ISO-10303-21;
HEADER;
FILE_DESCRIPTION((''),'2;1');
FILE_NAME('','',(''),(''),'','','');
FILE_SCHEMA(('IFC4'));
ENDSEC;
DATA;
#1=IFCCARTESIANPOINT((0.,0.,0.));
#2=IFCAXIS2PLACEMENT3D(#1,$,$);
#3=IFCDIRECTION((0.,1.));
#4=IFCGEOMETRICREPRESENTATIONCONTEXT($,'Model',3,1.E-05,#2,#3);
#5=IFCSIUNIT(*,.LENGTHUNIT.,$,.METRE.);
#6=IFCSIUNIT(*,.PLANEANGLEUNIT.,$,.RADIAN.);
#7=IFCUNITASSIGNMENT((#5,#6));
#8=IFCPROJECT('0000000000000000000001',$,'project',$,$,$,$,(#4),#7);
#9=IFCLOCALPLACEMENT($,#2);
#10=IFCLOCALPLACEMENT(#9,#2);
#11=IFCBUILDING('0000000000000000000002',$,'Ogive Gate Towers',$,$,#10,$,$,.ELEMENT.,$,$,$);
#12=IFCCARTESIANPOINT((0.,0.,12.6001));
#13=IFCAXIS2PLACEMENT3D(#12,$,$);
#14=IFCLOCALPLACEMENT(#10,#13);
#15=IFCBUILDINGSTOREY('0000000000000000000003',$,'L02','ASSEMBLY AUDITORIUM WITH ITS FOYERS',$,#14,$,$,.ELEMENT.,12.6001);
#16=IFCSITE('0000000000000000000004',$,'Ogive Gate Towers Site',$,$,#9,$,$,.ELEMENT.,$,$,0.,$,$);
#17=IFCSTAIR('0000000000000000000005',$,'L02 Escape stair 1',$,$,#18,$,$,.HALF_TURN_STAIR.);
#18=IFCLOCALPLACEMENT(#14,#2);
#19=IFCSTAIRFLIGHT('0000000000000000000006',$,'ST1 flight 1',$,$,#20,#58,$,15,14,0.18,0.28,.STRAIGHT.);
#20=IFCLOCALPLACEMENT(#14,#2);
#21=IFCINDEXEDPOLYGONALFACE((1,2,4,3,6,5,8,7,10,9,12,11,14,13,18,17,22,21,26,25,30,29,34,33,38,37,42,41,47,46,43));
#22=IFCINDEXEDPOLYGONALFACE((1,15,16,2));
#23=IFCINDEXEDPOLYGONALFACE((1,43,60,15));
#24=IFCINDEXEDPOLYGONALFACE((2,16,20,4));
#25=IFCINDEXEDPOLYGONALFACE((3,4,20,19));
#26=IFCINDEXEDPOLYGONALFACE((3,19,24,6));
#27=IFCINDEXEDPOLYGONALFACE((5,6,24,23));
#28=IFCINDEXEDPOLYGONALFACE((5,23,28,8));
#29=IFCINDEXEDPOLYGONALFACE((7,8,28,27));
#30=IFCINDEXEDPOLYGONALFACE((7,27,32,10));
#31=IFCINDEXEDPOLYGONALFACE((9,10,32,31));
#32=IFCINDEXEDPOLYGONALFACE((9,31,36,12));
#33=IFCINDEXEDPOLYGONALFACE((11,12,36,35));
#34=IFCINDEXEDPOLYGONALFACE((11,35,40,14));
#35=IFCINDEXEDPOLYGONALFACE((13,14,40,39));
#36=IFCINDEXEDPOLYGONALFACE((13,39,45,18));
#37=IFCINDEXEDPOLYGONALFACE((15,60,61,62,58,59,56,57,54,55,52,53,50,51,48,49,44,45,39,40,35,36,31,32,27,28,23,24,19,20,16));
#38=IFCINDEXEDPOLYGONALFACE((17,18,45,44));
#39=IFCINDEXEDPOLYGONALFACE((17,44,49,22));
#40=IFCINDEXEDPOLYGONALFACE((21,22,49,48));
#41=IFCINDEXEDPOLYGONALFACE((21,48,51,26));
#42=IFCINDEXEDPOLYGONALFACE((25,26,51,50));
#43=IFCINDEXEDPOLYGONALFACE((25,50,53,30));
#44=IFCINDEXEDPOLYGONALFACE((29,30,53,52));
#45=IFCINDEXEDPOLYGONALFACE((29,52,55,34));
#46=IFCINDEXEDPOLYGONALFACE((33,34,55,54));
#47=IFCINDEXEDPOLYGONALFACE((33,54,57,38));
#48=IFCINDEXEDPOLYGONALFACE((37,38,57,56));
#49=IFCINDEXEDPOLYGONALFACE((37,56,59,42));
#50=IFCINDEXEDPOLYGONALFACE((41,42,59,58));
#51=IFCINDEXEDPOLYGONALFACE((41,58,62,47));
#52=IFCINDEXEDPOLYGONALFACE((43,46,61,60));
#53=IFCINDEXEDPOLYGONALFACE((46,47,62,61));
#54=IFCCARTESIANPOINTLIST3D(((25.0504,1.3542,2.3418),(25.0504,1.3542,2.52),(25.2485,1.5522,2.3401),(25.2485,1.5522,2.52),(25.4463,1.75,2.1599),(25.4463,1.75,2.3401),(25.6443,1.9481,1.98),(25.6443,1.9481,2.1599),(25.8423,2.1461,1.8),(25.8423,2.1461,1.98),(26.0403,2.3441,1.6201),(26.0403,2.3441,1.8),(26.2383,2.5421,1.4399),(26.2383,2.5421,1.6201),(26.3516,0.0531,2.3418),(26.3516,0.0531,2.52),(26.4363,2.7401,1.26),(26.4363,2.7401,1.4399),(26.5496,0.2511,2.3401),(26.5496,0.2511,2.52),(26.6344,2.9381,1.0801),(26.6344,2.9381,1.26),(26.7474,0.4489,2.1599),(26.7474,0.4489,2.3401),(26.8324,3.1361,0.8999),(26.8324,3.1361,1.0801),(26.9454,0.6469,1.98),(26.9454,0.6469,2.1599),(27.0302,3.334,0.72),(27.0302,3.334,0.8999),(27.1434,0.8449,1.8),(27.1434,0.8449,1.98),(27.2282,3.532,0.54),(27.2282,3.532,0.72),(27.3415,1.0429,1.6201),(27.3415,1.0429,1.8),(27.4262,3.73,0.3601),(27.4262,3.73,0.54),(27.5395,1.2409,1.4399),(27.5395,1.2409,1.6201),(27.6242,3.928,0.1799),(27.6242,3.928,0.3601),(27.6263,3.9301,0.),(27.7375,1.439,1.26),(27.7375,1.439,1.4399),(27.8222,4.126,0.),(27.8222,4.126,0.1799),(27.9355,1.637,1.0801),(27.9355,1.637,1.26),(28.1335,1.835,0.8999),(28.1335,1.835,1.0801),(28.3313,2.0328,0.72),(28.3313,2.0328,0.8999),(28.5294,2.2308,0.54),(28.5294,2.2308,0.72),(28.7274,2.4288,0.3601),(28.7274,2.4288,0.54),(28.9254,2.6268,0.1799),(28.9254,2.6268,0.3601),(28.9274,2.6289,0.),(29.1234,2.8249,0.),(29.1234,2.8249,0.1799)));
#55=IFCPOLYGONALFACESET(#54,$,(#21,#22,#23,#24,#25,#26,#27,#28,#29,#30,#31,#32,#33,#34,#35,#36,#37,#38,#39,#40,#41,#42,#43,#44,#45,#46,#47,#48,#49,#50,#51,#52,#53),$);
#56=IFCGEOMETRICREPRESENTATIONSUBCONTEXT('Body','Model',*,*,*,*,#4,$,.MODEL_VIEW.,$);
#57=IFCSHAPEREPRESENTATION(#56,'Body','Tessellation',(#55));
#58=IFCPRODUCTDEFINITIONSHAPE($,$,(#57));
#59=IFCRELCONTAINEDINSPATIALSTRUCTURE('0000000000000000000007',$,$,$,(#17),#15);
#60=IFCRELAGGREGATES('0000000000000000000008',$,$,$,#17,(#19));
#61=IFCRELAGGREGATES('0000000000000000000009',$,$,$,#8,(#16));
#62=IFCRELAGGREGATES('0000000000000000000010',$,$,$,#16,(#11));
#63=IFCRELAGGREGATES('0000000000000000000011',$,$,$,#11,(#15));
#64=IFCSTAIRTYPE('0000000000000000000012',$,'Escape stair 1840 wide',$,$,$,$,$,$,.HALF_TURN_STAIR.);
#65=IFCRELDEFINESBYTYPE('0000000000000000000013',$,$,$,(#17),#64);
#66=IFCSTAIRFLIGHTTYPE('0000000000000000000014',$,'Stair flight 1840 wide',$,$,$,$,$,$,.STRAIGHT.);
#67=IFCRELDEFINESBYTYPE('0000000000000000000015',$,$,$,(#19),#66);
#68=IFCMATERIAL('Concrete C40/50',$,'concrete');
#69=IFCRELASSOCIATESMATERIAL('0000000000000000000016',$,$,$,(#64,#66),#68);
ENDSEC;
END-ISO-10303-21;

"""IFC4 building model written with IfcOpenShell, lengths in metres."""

from ifc_helpers import new_model, si_unit, direction, frame, origin, place, context, subcontext, project, spatial, polyline, outline, extrude, material, type_object, element, aggregate, save


model = new_model("IFC4")

# Units and contexts
model_context = context("Model", 3, precision=1e-05, world=origin(), true_north=direction((0.0, 1.0)))
body_context = subcontext(model_context, "Body", "Model", "MODEL_VIEW")
ifc_project = project(units=[si_unit("LENGTHUNIT", "METRE"), si_unit("PLANEANGLEUNIT", "RADIAN")], contexts=[model_context])

# Site, building, storey
site_placement = place(None, origin())
site = spatial("IfcSite", under=ifc_project, at=site_placement, Name="Ogive Gate Towers Site", CompositionType="ELEMENT", RefElevation=0.0)
building_placement = place(site_placement, origin())
building = spatial("IfcBuilding", under=site, at=building_placement, Name="Ogive Gate Towers", CompositionType="ELEMENT")
storey_placement = place(building_placement, frame((0.0, 0.0, 12.6001)))
storey = spatial("IfcBuildingStorey", under=building, at=storey_placement, Name="L02", Description="ASSEMBLY AUDITORIUM WITH ITS FOYERS", CompositionType="ELEMENT", Elevation=12.6001)

# Shared definitions
ifc_material_1 = material(Name="Concrete C40/50", Category="concrete")

# Stair, stair flight
stair_type = type_object("IfcStairType", Name="Escape stair 1840 wide", PredefinedType="HALF_TURN_STAIR", material=ifc_material_1)
stair_placement = place(storey_placement, origin())
stair = element("IfcStair", 1, at=stair_placement, inside=storey, type_object=stair_type, Name="L02 Escape stair 1", PredefinedType="HALF_TURN_STAIR")
stair_flight_type = type_object("IfcStairFlightType", Name="Stair flight 1840 wide", PredefinedType="STRAIGHT", material=ifc_material_1)
stair_flight_placement = place(storey_placement, frame((28.4729, 3.4753, 0.0), z_axis=(0.0, 0.0, 1.0), x_axis=(-0.707107, -0.707107, 0.0)))
stair_flight = element("IfcStairFlight", 2, at=stair_flight_placement, type_object=stair_flight_type, Name="ST1 flight 1", NumberOfRisers=15, NumberOfTreads=14, PredefinedType="STRAIGHT", RiserHeight=0.18, TreadLength=0.28, context=body_context, shape_type="SweptSolid", body=[
    extrude(outline(polyline([(0.0, 0.0), (0.0, 0.1799), (0.28, 0.1799), (0.28, 0.3601), (0.5601, 0.3601), (0.5601, 0.54), (0.8401, 0.54), (0.8401, 0.72), (1.1201, 0.72), (1.1201, 0.8999), (1.3999, 0.8999), (1.3999, 1.0801), (1.6799, 1.0801), (1.6799, 1.26), (1.96, 1.26), (1.96, 1.4399), (2.24, 1.4399), (2.24, 1.6201), (2.52, 1.6201), (2.52, 1.8), (2.8, 1.8), (2.8, 1.98), (3.0801, 1.98), (3.0801, 2.1599), (3.3601, 2.1599), (3.3601, 2.3401), (3.6399, 2.3401), (3.6399, 2.52), (3.9199, 2.52), (3.9199, 2.7), (3.9199, 2.3418), (0.2771, 0.0), (0.0, 0.0)])), frame((0.0, 0.9199, 0.0), z_axis=(0.0, -1.0, 0.0), x_axis=(1.0, 0.0, 0.0)), (0.0, 0.0, 1.0), 1.8401),
])
aggregate(stair, [stair_flight])

save(model, "model.ifc")
